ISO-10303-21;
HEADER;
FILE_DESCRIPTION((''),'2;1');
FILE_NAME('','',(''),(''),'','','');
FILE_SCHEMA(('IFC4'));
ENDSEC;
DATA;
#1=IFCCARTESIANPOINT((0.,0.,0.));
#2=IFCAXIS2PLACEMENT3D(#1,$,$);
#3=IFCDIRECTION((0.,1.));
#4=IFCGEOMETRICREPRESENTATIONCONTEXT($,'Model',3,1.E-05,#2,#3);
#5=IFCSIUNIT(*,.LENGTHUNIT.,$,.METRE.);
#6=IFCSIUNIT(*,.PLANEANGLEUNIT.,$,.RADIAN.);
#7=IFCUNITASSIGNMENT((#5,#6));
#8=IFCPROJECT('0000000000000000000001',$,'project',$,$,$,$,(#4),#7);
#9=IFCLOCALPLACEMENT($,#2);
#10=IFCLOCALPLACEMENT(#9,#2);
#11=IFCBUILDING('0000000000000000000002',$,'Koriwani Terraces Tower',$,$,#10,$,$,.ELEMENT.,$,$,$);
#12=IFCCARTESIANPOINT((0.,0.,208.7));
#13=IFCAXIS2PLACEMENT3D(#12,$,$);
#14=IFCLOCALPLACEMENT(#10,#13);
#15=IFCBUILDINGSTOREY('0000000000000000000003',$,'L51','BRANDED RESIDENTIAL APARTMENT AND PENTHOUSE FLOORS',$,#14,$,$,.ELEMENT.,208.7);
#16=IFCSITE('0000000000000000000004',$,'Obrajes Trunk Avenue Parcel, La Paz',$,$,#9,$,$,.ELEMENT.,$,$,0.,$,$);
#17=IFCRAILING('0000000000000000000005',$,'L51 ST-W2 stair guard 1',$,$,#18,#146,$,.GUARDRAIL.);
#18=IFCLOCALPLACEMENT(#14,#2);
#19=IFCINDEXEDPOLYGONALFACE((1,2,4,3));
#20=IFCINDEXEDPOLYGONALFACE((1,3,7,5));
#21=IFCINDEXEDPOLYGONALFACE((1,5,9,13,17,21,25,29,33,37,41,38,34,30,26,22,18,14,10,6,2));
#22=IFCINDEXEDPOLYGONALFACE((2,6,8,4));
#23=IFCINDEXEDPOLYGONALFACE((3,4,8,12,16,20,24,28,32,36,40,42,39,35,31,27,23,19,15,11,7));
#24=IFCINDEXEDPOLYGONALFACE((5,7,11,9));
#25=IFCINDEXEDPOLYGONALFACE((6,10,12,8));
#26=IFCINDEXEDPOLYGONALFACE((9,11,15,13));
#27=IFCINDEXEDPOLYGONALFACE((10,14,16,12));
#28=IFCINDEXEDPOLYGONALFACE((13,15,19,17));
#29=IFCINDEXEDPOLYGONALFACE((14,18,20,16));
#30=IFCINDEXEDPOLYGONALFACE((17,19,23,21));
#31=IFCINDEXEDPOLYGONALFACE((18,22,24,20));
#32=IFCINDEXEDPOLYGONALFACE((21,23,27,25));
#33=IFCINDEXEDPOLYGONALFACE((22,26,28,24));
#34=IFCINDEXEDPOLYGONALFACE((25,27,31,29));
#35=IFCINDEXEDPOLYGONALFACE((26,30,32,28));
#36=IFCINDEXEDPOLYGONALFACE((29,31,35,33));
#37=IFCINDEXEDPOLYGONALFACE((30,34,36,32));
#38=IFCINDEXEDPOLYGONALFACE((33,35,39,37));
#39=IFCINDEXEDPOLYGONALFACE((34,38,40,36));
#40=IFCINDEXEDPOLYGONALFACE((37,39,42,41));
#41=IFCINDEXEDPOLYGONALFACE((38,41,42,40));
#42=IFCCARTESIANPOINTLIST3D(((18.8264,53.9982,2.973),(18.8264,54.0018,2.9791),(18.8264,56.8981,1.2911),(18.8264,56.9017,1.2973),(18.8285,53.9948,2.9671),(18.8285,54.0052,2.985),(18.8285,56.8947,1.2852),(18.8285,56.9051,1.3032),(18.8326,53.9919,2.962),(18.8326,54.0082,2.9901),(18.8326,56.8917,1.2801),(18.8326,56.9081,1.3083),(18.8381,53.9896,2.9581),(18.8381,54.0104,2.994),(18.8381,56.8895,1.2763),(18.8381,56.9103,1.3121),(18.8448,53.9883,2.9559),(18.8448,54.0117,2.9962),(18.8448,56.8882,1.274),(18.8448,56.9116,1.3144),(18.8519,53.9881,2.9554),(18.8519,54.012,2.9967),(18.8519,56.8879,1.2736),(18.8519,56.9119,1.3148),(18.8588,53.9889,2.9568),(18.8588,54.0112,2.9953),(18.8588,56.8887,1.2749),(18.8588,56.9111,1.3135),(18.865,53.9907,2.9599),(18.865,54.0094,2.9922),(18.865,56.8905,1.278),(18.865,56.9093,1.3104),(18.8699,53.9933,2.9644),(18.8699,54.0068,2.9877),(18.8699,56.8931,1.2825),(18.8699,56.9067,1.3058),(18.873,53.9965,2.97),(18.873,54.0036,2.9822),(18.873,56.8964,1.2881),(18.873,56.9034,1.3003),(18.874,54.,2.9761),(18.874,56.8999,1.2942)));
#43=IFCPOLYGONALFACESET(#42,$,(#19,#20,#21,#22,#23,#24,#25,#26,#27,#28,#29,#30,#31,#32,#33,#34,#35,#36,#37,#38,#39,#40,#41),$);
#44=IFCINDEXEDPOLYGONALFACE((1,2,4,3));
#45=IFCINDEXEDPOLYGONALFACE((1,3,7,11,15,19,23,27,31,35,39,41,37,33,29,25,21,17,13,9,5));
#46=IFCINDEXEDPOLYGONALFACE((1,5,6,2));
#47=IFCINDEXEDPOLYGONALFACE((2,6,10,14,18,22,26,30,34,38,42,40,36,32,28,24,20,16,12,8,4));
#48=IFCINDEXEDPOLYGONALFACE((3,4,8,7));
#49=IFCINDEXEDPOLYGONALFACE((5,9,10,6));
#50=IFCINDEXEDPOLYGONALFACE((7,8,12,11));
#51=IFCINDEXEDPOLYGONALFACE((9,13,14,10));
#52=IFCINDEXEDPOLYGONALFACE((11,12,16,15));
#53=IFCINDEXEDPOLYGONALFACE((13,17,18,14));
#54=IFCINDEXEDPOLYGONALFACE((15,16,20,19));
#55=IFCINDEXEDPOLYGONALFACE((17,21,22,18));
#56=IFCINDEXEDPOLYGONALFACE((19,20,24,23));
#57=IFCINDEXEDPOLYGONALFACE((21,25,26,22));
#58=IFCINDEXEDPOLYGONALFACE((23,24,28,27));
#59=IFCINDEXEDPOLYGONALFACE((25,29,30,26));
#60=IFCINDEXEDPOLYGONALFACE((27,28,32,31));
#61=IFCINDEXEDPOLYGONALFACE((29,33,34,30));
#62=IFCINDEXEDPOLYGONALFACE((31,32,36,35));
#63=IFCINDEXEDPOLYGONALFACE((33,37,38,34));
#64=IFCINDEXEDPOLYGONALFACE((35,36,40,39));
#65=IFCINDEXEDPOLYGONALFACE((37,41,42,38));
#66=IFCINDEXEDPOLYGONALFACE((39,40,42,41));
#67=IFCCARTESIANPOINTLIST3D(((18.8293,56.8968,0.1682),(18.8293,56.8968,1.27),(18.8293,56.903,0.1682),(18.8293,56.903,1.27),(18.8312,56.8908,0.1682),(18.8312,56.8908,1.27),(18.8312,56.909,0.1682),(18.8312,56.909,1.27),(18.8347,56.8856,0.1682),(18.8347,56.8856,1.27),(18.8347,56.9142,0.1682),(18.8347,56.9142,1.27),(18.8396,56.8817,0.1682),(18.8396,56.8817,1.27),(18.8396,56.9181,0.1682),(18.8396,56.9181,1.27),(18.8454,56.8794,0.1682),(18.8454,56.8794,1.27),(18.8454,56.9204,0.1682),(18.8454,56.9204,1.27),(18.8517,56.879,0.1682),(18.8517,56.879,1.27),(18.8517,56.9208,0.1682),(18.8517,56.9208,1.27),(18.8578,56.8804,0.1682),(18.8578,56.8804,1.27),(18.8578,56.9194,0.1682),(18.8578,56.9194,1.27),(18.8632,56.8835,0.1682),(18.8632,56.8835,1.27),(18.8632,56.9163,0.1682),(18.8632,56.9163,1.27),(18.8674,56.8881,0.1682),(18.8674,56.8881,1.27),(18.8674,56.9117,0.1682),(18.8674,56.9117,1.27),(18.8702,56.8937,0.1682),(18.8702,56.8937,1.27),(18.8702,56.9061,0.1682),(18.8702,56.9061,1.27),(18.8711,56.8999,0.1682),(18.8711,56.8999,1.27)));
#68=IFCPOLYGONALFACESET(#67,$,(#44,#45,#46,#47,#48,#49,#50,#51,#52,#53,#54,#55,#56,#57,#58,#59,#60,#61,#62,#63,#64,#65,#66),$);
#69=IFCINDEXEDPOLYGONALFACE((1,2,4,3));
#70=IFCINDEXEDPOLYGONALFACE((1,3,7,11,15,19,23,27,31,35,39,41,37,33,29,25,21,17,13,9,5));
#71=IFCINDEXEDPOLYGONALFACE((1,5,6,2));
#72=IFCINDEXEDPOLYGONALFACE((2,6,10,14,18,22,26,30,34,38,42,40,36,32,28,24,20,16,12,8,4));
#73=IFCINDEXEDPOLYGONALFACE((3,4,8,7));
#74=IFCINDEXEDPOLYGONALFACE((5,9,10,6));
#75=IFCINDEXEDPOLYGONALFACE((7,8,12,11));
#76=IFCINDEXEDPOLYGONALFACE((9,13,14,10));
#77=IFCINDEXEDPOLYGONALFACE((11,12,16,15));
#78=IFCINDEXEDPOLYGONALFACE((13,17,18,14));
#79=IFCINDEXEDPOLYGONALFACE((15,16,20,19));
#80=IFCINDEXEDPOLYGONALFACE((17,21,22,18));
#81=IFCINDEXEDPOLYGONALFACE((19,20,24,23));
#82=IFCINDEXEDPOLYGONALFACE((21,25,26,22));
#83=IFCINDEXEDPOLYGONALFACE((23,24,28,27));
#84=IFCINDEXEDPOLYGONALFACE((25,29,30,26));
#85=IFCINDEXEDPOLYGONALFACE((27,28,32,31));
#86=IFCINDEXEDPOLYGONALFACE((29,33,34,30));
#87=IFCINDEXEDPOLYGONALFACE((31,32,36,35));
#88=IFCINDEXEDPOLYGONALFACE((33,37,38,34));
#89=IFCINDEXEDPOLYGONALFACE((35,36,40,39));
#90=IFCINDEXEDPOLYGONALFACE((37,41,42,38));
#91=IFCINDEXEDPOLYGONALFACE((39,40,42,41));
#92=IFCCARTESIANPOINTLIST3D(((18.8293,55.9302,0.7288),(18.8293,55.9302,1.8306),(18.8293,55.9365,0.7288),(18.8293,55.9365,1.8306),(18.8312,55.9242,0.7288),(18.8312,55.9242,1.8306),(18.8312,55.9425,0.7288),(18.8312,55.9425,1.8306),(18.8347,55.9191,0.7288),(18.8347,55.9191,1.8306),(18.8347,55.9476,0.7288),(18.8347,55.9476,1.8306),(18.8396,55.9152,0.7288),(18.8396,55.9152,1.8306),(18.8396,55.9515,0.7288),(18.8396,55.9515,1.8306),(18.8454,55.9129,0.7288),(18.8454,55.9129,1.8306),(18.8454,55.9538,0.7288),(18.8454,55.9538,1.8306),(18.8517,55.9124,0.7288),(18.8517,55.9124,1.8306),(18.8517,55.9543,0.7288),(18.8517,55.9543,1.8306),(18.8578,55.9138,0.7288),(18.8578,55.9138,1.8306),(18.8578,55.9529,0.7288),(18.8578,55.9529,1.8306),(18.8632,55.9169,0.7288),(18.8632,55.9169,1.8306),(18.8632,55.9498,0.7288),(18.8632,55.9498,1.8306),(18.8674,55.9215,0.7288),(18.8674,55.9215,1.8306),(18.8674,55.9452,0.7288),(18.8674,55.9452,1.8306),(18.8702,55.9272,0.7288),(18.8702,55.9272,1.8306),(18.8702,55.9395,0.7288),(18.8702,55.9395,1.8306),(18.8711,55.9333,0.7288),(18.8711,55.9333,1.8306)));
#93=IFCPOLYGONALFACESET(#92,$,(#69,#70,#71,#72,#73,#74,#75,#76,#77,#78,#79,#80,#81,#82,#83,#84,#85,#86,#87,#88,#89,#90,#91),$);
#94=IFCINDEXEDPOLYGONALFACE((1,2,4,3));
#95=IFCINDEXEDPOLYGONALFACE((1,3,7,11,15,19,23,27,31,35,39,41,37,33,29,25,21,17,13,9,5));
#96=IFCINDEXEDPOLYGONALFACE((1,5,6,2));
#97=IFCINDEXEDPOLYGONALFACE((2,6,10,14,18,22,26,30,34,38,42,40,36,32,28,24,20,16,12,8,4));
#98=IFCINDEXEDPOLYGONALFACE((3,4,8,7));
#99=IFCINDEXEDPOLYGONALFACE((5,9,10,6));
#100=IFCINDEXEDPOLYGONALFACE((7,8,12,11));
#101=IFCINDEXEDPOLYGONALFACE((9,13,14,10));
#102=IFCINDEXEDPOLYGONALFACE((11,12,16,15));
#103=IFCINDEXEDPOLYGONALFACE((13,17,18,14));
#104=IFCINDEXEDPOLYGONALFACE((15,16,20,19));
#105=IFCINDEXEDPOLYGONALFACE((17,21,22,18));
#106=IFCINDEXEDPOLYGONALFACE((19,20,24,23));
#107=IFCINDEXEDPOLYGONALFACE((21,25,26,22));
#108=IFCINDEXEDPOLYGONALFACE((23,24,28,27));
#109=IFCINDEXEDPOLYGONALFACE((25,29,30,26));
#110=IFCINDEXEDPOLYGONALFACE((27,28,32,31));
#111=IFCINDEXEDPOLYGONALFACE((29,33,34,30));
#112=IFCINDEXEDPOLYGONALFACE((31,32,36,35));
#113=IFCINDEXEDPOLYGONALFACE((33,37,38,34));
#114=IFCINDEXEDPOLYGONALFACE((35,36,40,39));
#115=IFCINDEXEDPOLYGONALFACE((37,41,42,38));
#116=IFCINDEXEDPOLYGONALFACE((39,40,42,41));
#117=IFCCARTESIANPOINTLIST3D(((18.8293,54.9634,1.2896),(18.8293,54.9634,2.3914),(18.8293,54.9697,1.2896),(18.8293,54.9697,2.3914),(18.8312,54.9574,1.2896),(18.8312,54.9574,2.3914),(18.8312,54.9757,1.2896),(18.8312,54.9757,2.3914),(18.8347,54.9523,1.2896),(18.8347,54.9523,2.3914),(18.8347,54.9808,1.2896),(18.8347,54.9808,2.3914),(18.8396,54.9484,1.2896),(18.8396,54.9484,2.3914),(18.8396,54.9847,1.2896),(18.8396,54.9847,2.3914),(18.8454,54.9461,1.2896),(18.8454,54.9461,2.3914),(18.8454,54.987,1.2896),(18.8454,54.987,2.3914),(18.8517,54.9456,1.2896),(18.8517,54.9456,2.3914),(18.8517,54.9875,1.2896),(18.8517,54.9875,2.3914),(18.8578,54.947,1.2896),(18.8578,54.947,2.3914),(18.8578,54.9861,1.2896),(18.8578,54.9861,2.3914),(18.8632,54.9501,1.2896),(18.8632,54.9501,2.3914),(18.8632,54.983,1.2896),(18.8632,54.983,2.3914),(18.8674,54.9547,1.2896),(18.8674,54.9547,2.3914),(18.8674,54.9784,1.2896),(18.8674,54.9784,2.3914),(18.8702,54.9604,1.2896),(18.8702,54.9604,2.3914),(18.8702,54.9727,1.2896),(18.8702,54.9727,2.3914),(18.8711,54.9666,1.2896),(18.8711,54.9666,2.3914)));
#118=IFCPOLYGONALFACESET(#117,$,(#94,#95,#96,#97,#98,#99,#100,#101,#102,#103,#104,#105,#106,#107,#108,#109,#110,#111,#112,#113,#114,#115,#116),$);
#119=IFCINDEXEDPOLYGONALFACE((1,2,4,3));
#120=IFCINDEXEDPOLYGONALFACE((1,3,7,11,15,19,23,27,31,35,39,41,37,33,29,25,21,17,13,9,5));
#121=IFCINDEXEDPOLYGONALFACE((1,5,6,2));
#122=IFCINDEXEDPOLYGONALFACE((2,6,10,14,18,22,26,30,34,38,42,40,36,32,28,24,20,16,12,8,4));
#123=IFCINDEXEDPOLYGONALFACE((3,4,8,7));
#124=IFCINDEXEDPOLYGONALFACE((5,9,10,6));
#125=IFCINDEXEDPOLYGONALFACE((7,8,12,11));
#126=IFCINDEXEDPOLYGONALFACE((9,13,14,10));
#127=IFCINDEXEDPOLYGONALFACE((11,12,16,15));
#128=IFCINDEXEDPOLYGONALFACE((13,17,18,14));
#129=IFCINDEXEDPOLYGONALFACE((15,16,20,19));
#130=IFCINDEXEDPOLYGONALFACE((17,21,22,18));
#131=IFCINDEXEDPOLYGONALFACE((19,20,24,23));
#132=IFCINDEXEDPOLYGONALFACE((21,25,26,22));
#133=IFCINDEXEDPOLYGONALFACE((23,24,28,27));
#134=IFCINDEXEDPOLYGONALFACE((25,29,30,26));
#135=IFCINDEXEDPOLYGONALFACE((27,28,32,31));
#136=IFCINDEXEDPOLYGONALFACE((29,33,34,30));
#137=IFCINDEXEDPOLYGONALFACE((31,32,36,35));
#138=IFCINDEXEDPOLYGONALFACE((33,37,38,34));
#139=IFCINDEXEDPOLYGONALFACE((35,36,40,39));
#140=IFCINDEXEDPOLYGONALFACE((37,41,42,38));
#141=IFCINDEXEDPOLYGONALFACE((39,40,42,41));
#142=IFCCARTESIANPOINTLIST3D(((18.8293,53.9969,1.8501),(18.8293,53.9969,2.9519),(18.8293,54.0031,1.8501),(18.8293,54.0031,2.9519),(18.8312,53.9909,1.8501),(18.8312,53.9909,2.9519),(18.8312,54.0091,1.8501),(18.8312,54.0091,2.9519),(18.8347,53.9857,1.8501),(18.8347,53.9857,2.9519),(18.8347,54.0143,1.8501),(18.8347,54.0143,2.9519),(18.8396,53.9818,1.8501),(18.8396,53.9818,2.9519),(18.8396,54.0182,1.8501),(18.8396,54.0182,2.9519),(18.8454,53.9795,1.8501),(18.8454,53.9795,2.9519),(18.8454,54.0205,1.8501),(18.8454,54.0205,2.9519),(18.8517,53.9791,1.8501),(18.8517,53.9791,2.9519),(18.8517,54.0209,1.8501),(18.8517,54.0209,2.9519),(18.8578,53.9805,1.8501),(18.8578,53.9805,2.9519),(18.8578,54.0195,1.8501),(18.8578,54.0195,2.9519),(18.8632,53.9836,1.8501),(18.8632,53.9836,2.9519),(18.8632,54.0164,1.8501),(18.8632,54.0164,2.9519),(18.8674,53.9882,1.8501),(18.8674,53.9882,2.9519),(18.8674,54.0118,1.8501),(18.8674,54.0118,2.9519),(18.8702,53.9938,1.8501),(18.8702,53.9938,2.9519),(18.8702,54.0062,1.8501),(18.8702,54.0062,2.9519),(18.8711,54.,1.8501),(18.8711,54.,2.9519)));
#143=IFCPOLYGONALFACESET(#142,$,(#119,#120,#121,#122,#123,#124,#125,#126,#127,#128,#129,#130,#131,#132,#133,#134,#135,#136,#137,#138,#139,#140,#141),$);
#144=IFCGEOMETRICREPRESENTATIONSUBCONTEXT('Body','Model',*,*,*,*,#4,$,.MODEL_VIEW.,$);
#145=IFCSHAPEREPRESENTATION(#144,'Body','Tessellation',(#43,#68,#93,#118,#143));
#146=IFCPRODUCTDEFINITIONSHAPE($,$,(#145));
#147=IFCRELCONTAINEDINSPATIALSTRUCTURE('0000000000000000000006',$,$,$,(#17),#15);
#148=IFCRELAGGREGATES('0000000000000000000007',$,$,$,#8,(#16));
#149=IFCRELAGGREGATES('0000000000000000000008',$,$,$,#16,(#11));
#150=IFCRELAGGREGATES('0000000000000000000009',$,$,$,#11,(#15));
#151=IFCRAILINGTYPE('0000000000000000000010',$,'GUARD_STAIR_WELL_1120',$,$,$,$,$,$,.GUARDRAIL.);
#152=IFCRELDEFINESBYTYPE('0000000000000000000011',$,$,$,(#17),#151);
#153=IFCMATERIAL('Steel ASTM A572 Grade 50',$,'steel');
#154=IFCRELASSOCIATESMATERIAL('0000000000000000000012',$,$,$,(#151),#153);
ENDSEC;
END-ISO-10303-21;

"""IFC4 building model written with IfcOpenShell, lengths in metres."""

from ifc_helpers import new_model, si_unit, direction, frame, origin, origin_2d, place, context, subcontext, project, spatial, circle, extrude, material, type_object, element, save


model = new_model("IFC4")

# Units and contexts
model_context = context("Model", 3, precision=1e-05, world=origin(), true_north=direction((0.0, 1.0)))
body_context = subcontext(model_context, "Body", "Model", "MODEL_VIEW")
ifc_project = project(units=[si_unit("LENGTHUNIT", "METRE"), si_unit("PLANEANGLEUNIT", "RADIAN")], contexts=[model_context])

# Site, building, storey
site_placement = place(None, origin())
site = spatial("IfcSite", under=ifc_project, at=site_placement, Name="Obrajes Trunk Avenue Parcel, La Paz", CompositionType="ELEMENT", RefElevation=0.0)
building_placement = place(site_placement, origin())
building = spatial("IfcBuilding", under=site, at=building_placement, Name="Koriwani Terraces Tower", CompositionType="ELEMENT")
storey_placement = place(building_placement, frame((0.0, 0.0, 208.7)))
storey = spatial("IfcBuildingStorey", under=building, at=storey_placement, Name="L51", Description="BRANDED RESIDENTIAL APARTMENT AND PENTHOUSE FLOORS", CompositionType="ELEMENT", Elevation=208.7)

# Shared definitions
ifc_material_1 = material(Name="Steel ASTM A572 Grade 50", Category="steel")

# Railing
railing_type_1 = type_object("IfcRailingType", Name="GUARD_STAIR_WELL_1120", PredefinedType="GUARDRAIL", material=ifc_material_1)
railing_1_placement = place(storey_placement, frame((18.8501, 56.8999, 0.1682)))
element("IfcRailing", 1, at=railing_1_placement, inside=storey, type_object=railing_type_1, Name="L51 ST-W2 stair guard 1", PredefinedType="GUARDRAIL", context=body_context, shape_type="SweptSolid", body=[
    extrude(circle(Radius=0.0239, at=origin_2d()), frame((0.0, 0.0, 1.126), z_axis=(0.0, -0.865039, 0.501705), x_axis=(1.0, 0.0, 0.0)), (0.0, 0.0, 1.0), 3.3523),
    extrude(circle(Radius=0.021, at=origin_2d()), origin(), (0.0, 0.0, 1.0), 1.1018),
    extrude(circle(Radius=0.021, at=origin_2d()), frame((0.0, -0.9666, 0.5605)), (0.0, 0.0, 1.0), 1.1018),
    extrude(circle(Radius=0.021, at=origin_2d()), frame((0.0, -1.9333, 1.1213)), (0.0, 0.0, 1.0), 1.1018),
    extrude(circle(Radius=0.021, at=origin_2d()), frame((0.0, -2.8999, 1.6819)), (0.0, 0.0, 1.0), 1.1018),
])

save(model, "model.ifc")
